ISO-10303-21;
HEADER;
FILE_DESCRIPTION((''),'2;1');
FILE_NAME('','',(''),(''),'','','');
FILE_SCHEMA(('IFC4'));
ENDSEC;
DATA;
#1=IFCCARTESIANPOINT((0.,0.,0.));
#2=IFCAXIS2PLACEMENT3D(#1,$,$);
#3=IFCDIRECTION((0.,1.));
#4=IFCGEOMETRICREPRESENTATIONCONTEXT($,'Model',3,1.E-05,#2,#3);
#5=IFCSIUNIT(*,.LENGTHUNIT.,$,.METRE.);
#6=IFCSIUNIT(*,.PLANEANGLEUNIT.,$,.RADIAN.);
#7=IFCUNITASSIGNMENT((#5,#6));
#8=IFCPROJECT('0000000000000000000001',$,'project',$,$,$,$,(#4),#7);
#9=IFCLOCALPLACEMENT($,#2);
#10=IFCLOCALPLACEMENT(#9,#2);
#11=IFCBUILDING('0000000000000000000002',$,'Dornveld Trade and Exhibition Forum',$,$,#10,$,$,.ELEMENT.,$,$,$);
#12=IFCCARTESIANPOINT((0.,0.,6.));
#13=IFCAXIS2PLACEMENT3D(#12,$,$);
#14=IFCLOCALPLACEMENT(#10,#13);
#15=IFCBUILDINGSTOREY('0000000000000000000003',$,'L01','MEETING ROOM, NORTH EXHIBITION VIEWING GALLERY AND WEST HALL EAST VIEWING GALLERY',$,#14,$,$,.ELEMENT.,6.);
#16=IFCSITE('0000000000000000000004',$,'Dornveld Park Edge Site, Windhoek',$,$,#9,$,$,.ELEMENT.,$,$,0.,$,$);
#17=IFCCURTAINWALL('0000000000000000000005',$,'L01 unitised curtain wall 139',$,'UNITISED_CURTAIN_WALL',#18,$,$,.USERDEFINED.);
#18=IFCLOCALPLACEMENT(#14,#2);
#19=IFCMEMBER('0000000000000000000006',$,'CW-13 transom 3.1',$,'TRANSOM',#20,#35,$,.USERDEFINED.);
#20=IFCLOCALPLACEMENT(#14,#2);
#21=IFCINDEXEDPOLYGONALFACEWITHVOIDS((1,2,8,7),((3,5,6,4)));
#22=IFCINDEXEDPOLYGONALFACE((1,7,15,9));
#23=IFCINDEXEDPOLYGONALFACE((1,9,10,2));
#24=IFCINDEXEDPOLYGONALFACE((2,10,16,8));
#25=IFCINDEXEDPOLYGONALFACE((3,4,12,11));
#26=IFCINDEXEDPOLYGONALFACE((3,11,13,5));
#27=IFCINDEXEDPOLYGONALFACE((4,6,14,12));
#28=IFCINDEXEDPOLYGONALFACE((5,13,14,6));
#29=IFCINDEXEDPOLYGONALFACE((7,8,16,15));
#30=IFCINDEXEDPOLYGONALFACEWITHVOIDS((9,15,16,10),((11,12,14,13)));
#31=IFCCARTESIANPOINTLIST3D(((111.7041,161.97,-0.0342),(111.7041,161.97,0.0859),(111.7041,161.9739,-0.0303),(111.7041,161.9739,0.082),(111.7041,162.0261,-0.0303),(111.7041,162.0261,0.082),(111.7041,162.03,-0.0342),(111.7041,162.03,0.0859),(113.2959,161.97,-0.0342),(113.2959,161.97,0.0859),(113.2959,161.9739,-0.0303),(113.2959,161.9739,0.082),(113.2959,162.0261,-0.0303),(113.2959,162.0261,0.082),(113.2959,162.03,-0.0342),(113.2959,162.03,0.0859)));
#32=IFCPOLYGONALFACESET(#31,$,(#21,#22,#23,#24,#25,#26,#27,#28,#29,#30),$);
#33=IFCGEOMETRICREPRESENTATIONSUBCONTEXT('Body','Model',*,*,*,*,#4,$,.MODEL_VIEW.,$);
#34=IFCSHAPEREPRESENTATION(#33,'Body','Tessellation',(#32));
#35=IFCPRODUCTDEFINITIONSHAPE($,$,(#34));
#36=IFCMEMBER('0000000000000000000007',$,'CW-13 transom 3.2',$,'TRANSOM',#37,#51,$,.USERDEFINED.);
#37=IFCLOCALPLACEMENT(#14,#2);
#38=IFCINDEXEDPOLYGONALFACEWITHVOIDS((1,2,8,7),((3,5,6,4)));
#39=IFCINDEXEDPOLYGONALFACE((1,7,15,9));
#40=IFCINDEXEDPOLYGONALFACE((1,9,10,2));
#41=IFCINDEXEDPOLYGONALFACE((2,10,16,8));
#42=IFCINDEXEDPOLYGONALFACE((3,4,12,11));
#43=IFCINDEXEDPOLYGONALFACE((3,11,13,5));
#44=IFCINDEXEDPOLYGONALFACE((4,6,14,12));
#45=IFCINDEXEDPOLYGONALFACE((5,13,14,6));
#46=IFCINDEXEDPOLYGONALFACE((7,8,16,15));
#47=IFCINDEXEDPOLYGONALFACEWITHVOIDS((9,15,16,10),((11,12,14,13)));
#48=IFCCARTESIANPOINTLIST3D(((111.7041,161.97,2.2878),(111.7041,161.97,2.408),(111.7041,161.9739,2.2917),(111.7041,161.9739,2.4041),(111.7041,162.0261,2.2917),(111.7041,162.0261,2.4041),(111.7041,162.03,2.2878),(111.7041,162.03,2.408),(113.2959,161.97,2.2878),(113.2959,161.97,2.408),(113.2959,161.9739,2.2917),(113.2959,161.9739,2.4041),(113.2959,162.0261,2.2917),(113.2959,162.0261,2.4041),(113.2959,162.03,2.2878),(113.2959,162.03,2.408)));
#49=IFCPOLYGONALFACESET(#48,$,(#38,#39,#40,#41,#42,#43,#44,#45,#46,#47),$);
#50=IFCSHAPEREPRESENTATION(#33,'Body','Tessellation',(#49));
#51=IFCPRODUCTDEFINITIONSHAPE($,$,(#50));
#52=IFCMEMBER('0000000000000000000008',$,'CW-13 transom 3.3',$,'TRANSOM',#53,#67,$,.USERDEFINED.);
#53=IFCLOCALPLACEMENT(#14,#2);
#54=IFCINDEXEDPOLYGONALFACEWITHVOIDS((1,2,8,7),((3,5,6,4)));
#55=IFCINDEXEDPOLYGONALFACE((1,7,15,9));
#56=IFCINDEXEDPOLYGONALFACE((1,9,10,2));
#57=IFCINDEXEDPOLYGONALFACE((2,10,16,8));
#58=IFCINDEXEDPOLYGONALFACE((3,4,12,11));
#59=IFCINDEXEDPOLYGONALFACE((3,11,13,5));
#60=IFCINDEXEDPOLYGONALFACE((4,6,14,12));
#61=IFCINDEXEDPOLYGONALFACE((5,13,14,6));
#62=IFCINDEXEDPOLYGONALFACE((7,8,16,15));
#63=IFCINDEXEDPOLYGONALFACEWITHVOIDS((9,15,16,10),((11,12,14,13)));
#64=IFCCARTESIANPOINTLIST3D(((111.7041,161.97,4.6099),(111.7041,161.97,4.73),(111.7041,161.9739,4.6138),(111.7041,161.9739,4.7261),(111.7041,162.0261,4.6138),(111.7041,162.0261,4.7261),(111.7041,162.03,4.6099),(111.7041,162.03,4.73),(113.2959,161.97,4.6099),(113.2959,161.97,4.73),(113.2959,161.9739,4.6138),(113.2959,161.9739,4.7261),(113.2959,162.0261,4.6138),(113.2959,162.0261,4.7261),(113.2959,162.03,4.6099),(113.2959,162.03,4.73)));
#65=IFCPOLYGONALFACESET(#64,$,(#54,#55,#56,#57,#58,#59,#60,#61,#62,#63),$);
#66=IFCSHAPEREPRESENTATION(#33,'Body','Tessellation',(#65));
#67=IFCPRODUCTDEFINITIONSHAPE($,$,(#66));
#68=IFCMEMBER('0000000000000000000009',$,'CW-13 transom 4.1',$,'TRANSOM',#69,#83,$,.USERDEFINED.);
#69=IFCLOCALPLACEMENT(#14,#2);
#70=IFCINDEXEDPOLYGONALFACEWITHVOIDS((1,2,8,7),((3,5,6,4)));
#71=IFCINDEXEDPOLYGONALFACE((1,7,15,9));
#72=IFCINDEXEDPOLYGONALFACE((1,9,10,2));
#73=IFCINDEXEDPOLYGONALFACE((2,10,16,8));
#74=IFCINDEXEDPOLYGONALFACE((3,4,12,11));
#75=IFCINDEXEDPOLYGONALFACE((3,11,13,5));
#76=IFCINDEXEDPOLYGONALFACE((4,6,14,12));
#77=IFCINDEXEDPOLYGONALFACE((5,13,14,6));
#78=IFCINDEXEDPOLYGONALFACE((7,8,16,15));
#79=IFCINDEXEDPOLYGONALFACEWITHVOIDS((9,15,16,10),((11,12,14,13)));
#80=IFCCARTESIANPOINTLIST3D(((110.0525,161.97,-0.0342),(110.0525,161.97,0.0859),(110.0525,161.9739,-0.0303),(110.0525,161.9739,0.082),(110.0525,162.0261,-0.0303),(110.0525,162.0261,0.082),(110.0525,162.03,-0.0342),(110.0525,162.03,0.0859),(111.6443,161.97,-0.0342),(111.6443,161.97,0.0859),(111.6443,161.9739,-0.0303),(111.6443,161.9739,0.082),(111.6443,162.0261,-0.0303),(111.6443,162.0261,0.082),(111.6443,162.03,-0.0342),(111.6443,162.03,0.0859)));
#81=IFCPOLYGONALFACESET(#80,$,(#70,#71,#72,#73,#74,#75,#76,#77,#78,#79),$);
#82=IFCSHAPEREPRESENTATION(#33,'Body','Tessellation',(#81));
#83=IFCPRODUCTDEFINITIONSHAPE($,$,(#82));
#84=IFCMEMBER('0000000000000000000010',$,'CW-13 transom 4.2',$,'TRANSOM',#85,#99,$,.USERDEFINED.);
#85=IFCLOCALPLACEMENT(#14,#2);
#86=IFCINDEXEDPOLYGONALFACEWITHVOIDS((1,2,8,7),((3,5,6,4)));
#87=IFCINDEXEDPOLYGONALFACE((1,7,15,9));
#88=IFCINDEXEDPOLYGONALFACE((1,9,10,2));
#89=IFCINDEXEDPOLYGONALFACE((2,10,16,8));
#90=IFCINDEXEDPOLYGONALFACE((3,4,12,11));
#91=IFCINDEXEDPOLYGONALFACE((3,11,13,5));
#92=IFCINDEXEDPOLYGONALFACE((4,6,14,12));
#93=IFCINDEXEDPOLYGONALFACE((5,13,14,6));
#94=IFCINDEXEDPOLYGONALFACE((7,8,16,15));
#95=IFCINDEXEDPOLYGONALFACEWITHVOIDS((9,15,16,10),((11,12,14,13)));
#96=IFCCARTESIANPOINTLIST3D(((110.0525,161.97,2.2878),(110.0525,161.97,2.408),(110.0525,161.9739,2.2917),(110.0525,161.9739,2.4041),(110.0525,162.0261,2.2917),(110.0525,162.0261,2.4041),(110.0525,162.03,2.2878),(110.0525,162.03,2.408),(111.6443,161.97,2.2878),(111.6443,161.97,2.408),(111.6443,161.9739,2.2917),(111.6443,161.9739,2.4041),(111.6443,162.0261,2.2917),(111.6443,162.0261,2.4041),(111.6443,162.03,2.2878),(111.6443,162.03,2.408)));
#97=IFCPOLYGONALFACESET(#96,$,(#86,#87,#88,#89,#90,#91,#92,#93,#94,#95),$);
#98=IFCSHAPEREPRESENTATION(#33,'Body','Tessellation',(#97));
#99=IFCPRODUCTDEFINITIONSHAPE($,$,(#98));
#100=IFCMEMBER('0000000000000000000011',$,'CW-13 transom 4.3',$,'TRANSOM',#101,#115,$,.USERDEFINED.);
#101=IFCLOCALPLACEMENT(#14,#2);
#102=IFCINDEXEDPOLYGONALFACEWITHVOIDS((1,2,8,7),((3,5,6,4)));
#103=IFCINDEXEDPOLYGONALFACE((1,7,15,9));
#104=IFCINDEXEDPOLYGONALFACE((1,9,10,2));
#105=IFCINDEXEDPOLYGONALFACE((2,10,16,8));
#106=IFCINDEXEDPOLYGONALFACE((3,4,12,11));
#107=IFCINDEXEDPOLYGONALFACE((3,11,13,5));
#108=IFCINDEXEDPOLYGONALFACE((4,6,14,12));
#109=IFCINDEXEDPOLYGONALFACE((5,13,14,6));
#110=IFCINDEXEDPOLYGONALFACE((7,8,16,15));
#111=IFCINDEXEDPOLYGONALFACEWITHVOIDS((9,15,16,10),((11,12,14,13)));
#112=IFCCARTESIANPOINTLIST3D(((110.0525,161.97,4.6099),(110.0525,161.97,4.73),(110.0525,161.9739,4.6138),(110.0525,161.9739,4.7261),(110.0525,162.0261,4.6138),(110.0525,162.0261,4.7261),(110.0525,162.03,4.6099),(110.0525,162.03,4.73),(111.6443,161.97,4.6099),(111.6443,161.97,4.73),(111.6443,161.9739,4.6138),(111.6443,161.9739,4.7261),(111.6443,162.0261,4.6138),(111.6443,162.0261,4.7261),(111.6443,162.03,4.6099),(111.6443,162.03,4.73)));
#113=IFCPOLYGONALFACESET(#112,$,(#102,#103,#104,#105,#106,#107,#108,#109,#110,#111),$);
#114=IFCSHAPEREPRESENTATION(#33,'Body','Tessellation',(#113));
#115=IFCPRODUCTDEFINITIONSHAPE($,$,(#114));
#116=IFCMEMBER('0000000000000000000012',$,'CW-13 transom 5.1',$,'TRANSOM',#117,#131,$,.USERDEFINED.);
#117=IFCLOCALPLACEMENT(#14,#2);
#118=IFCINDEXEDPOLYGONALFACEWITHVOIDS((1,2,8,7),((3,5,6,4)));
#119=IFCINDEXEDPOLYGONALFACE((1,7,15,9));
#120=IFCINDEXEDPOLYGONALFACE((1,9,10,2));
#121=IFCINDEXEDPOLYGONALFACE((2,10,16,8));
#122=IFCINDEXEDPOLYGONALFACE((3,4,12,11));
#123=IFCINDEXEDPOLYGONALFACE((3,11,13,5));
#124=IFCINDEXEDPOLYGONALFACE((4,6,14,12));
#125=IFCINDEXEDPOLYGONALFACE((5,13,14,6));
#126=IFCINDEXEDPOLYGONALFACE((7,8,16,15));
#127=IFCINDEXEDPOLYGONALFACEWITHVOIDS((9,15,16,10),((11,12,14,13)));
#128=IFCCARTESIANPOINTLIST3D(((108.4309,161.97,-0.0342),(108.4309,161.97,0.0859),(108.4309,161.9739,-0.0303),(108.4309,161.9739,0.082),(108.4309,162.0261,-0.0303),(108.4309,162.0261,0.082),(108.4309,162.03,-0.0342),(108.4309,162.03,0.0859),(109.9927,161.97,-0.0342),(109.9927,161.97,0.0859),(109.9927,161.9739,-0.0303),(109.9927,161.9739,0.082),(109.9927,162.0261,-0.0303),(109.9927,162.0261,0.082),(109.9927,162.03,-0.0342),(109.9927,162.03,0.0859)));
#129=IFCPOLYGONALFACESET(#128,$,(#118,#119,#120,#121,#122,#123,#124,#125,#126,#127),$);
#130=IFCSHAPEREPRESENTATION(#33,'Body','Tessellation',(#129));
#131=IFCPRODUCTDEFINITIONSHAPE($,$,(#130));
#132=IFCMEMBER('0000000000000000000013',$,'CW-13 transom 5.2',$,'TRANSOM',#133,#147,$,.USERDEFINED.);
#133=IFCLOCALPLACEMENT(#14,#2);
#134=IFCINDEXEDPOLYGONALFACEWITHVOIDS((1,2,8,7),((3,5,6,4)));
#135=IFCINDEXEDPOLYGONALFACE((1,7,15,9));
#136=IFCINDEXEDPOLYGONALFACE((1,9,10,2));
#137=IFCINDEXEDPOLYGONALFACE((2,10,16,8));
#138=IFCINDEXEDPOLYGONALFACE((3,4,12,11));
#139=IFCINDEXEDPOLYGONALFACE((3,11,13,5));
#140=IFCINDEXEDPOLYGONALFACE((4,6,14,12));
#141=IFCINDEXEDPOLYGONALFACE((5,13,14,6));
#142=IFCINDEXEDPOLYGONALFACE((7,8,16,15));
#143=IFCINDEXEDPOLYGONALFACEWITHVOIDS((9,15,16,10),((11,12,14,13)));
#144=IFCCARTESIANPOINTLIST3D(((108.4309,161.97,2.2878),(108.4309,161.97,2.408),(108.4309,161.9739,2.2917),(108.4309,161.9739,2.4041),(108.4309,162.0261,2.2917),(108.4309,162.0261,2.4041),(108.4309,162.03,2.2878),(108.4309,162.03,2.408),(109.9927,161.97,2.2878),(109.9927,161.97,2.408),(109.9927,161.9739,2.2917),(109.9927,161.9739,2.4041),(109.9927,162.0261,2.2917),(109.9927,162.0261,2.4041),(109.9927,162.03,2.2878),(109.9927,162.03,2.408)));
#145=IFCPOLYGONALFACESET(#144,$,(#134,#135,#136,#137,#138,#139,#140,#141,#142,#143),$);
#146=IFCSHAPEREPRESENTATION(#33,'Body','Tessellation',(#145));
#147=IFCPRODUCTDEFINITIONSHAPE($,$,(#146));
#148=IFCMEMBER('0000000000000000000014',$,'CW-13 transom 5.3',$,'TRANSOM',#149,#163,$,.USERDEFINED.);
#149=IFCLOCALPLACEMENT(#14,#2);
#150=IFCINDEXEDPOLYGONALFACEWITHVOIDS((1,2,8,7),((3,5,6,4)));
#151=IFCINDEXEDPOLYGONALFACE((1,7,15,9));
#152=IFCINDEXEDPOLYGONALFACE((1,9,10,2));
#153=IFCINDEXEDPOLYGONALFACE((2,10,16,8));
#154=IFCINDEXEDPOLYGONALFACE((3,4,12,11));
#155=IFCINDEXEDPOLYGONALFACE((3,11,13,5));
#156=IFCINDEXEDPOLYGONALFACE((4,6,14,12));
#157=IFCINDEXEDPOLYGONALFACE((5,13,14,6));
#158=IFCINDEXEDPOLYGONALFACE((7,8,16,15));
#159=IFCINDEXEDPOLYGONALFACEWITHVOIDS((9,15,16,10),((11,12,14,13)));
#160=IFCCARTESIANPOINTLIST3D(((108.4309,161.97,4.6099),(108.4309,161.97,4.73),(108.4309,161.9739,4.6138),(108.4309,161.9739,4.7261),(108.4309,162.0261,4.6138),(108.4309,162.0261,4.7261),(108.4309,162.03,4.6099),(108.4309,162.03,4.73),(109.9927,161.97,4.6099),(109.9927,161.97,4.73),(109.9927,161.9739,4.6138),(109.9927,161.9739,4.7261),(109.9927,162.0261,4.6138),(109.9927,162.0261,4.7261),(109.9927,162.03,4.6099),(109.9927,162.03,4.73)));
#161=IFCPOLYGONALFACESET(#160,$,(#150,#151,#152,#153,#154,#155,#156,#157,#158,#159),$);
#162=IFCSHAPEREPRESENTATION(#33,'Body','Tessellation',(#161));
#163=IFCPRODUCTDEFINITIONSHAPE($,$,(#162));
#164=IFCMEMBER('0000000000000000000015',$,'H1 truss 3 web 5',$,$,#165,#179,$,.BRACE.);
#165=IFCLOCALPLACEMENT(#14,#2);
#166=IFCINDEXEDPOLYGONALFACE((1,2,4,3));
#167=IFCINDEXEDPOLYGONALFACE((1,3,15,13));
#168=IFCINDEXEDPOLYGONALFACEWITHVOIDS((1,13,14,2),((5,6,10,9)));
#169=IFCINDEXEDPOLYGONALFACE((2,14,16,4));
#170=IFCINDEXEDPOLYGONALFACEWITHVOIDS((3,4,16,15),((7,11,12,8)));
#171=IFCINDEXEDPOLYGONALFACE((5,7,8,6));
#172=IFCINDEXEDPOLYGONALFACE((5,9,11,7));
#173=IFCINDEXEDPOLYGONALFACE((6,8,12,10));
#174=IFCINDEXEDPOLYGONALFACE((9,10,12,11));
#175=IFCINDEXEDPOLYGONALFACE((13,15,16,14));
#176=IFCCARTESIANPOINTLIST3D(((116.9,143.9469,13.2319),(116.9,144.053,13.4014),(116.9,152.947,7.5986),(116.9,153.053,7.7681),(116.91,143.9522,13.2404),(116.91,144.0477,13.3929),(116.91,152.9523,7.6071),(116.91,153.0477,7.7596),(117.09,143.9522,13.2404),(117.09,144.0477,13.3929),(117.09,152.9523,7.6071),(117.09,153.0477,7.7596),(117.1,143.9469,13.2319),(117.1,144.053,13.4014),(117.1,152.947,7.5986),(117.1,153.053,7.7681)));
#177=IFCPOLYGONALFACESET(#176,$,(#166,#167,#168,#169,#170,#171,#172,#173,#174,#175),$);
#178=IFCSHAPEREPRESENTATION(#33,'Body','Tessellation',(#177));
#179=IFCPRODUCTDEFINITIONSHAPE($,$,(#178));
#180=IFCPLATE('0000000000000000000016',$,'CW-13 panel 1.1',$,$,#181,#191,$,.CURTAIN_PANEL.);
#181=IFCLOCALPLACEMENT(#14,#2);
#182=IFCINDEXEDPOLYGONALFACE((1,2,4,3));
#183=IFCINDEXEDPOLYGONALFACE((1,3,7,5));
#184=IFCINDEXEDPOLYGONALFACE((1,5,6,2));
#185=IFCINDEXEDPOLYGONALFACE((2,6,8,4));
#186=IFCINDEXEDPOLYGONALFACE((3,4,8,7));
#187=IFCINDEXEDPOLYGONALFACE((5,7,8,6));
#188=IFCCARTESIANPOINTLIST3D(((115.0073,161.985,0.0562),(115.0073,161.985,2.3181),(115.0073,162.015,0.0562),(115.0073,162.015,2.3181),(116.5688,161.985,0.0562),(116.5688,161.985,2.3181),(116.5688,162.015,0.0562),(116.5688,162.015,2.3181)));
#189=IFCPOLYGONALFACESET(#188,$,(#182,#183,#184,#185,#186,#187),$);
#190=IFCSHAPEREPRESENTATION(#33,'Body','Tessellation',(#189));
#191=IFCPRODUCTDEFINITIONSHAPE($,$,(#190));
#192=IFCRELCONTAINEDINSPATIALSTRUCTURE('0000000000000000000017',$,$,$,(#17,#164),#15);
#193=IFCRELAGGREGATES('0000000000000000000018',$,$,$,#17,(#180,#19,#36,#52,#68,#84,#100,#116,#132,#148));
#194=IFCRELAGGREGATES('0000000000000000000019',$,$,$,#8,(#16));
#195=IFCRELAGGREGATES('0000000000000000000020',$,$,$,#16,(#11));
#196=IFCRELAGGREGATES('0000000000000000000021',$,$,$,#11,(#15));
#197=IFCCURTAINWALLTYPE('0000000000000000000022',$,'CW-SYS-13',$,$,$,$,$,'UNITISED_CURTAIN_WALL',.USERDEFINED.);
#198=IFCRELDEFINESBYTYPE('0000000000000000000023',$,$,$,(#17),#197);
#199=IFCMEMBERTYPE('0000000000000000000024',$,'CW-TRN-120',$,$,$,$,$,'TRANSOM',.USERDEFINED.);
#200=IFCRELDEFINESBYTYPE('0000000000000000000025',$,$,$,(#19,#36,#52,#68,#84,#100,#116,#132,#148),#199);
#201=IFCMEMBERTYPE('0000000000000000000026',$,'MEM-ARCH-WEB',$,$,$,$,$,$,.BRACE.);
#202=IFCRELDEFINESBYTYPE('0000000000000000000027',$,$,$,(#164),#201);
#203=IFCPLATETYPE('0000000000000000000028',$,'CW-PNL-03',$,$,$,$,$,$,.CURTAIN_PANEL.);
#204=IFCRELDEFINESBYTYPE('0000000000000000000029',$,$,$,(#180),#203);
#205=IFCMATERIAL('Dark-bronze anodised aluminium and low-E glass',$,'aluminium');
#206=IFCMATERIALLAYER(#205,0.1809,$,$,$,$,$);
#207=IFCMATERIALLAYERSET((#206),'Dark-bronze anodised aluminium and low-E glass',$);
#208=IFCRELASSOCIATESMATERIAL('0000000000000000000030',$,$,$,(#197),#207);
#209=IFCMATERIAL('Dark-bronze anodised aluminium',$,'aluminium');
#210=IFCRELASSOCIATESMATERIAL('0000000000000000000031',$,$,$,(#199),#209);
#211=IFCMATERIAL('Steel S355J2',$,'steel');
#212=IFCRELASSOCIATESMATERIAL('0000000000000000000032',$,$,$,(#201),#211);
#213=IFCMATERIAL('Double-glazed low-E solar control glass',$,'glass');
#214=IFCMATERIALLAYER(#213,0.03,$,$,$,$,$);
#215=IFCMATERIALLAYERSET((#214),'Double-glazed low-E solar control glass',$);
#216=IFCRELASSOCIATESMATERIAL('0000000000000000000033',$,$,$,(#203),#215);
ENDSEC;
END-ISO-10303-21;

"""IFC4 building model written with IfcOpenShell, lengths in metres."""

from ifc_helpers import new_model, si_unit, direction, frame, origin, origin_2d, place, context, subcontext, project, spatial, rectangle, hollow_rectangle, extrude, material, layer, layer_set, material_profile, profile_set, type_object, element, aggregate, save


model = new_model("IFC4")

# Units and contexts
model_context = context("Model", 3, precision=1e-05, world=origin(), true_north=direction((0.0, 1.0)))
body_context = subcontext(model_context, "Body", "Model", "MODEL_VIEW")
ifc_project = project(units=[si_unit("LENGTHUNIT", "METRE"), si_unit("PLANEANGLEUNIT", "RADIAN")], contexts=[model_context])

# Site, building, storey
site_placement = place(None, origin())
site = spatial("IfcSite", under=ifc_project, at=site_placement, Name="Dornveld Park Edge Site, Windhoek", CompositionType="ELEMENT", RefElevation=0.0)
building_placement = place(site_placement, origin())
building = spatial("IfcBuilding", under=site, at=building_placement, Name="Dornveld Trade and Exhibition Forum", CompositionType="ELEMENT")
storey_placement = place(building_placement, frame((0.0, 0.0, 6.0)))
storey = spatial("IfcBuildingStorey", under=building, at=storey_placement, Name="L01", Description="MEETING ROOM, NORTH EXHIBITION VIEWING GALLERY AND WEST HALL EAST VIEWING GALLERY", CompositionType="ELEMENT", Elevation=6.0)

# Curtain wall, members
ifc_material_1 = material(Name="Dark-bronze anodised aluminium and low-E glass", Category="aluminium")
ifc_layer_1 = layer(ifc_material_1, 0.1809)
ifc_layer_set_1 = layer_set([ifc_layer_1], Name="Dark-bronze anodised aluminium and low-E glass")
curtain_wall_type = type_object("IfcCurtainWallType", Name="CW-SYS-13", ElementType="UNITISED_CURTAIN_WALL", PredefinedType="USERDEFINED", material=ifc_layer_set_1)
curtain_wall_placement = place(storey_placement, origin())
curtain_wall = element("IfcCurtainWall", 1, at=curtain_wall_placement, inside=storey, type_object=curtain_wall_type, Name="L01 unitised curtain wall 139", ObjectType="UNITISED_CURTAIN_WALL", PredefinedType="USERDEFINED")
ifc_material_2 = material(Name="Dark-bronze anodised aluminium", Category="aluminium")
ifc_material_profile_1 = material_profile(ifc_material_2, hollow_rectangle(XDim=0.0601, YDim=0.1201, WallThickness=0.0039, at=origin_2d()), Name="RHS 120x60x4")
ifc_profile_set_1 = profile_set([ifc_material_profile_1], Name="Dark-bronze anodised aluminium")
member_type_1 = type_object("IfcMemberType", Name="CW-TRN-120", ElementType="TRANSOM", PredefinedType="USERDEFINED", material=ifc_profile_set_1)
member_1_placement = place(storey_placement, frame((113.2959, 162.0, 0.0259), z_axis=(-1.0, 0.0, 0.0), x_axis=(0.0, -1.0, 0.0)))
member_1 = element("IfcMember", 2, at=member_1_placement, type_object=member_type_1, Name="CW-13 transom 3.1", ObjectType="TRANSOM", PredefinedType="USERDEFINED", context=body_context, shape_type="SweptSolid", body=[
    extrude(hollow_rectangle(XDim=0.0601, YDim=0.1201, WallThickness=0.0039, at=origin_2d()), origin(), (0.0, 0.0, 1.0), 1.5918),
])
member_2_placement = place(storey_placement, frame((113.2959, 162.0, 2.3479), z_axis=(-1.0, 0.0, 0.0), x_axis=(0.0, -1.0, 0.0)))
member_2 = element("IfcMember", 3, at=member_2_placement, type_object=member_type_1, Name="CW-13 transom 3.2", ObjectType="TRANSOM", PredefinedType="USERDEFINED", context=body_context, shape_type="SweptSolid", body=[
    extrude(hollow_rectangle(XDim=0.0601, YDim=0.1201, WallThickness=0.0039, at=origin_2d()), origin(), (0.0, 0.0, 1.0), 1.5918),
])
member_3_placement = place(storey_placement, frame((113.2959, 162.0, 4.6699), z_axis=(-1.0, 0.0, 0.0), x_axis=(0.0, -1.0, 0.0)))
member_3 = element("IfcMember", 4, at=member_3_placement, type_object=member_type_1, Name="CW-13 transom 3.3", ObjectType="TRANSOM", PredefinedType="USERDEFINED", context=body_context, shape_type="SweptSolid", body=[
    extrude(hollow_rectangle(XDim=0.0601, YDim=0.1201, WallThickness=0.0039, at=origin_2d()), origin(), (0.0, 0.0, 1.0), 1.5918),
])
member_4_placement = place(storey_placement, frame((111.6443, 162.0, 0.0259), z_axis=(-1.0, 0.0, 0.0), x_axis=(0.0, -1.0, 0.0)))
member_4 = element("IfcMember", 5, at=member_4_placement, type_object=member_type_1, Name="CW-13 transom 4.1", ObjectType="TRANSOM", PredefinedType="USERDEFINED", context=body_context, shape_type="SweptSolid", body=[
    extrude(hollow_rectangle(XDim=0.0601, YDim=0.1201, WallThickness=0.0039, at=origin_2d()), origin(), (0.0, 0.0, 1.0), 1.5918),
])
member_5_placement = place(storey_placement, frame((111.6443, 162.0, 2.3479), z_axis=(-1.0, 0.0, 0.0), x_axis=(0.0, -1.0, 0.0)))
member_5 = element("IfcMember", 6, at=member_5_placement, type_object=member_type_1, Name="CW-13 transom 4.2", ObjectType="TRANSOM", PredefinedType="USERDEFINED", context=body_context, shape_type="SweptSolid", body=[
    extrude(hollow_rectangle(XDim=0.0601, YDim=0.1201, WallThickness=0.0039, at=origin_2d()), origin(), (0.0, 0.0, 1.0), 1.5918),
])
member_6_placement = place(storey_placement, frame((111.6443, 162.0, 4.6699), z_axis=(-1.0, 0.0, 0.0), x_axis=(0.0, -1.0, 0.0)))
member_6 = element("IfcMember", 7, at=member_6_placement, type_object=member_type_1, Name="CW-13 transom 4.3", ObjectType="TRANSOM", PredefinedType="USERDEFINED", context=body_context, shape_type="SweptSolid", body=[
    extrude(hollow_rectangle(XDim=0.0601, YDim=0.1201, WallThickness=0.0039, at=origin_2d()), origin(), (0.0, 0.0, 1.0), 1.5918),
])
member_7_placement = place(storey_placement, frame((109.9927, 162.0, 0.0259), z_axis=(-1.0, 0.0, 0.0), x_axis=(0.0, -1.0, 0.0)))
member_7 = element("IfcMember", 8, at=member_7_placement, type_object=member_type_1, Name="CW-13 transom 5.1", ObjectType="TRANSOM", PredefinedType="USERDEFINED", context=body_context, shape_type="SweptSolid", body=[
    extrude(hollow_rectangle(XDim=0.0601, YDim=0.1201, WallThickness=0.0039, at=origin_2d()), origin(), (0.0, 0.0, 1.0), 1.5618),
])
member_8_placement = place(storey_placement, frame((109.9927, 162.0, 2.3479), z_axis=(-1.0, 0.0, 0.0), x_axis=(0.0, -1.0, 0.0)))
member_8 = element("IfcMember", 9, at=member_8_placement, type_object=member_type_1, Name="CW-13 transom 5.2", ObjectType="TRANSOM", PredefinedType="USERDEFINED", context=body_context, shape_type="SweptSolid", body=[
    extrude(hollow_rectangle(XDim=0.0601, YDim=0.1201, WallThickness=0.0039, at=origin_2d()), origin(), (0.0, 0.0, 1.0), 1.5618),
])
member_9_placement = place(storey_placement, frame((109.9927, 162.0, 4.6699), z_axis=(-1.0, 0.0, 0.0), x_axis=(0.0, -1.0, 0.0)))
member_9 = element("IfcMember", 10, at=member_9_placement, type_object=member_type_1, Name="CW-13 transom 5.3", ObjectType="TRANSOM", PredefinedType="USERDEFINED", context=body_context, shape_type="SweptSolid", body=[
    extrude(hollow_rectangle(XDim=0.0601, YDim=0.1201, WallThickness=0.0039, at=origin_2d()), origin(), (0.0, 0.0, 1.0), 1.5618),
])

# Member
ifc_material_3 = material(Name="Steel S355J2", Category="steel")
ifc_material_profile_2 = material_profile(ifc_material_3, hollow_rectangle(XDim=0.2, YDim=0.2, WallThickness=0.01, at=origin_2d()), Name="SHS 200x200x10")
ifc_profile_set_2 = profile_set([ifc_material_profile_2], Name="Steel S355J2")
member_type_2 = type_object("IfcMemberType", Name="MEM-ARCH-WEB", PredefinedType="BRACE", material=ifc_profile_set_2)
member_10_placement = place(storey_placement, frame((117.0, 153.0, 7.6833), z_axis=(0.0, -0.847647, 0.530561), x_axis=(1.0, 0.0, 0.0)))
element("IfcMember", 11, at=member_10_placement, inside=storey, type_object=member_type_2, Name="H1 truss 3 web 5", PredefinedType="BRACE", context=body_context, shape_type="SweptSolid", body=[
    extrude(hollow_rectangle(XDim=0.2, YDim=0.2, WallThickness=0.01, at=origin_2d()), origin(), (0.0, 0.0, 1.0), 10.6177),
])

# Plate
ifc_material_4 = material(Name="Double-glazed low-E solar control glass", Category="glass")
ifc_layer_2 = layer(ifc_material_4, 0.03)
ifc_layer_set_2 = layer_set([ifc_layer_2], Name="Double-glazed low-E solar control glass")
plate_type = type_object("IfcPlateType", Name="CW-PNL-03", PredefinedType="CURTAIN_PANEL", material=ifc_layer_set_2)
plate_1_placement = place(storey_placement, frame((115.7881, 162.0, 0.0562), z_axis=(0.0, 0.0, 1.0), x_axis=(-1.0, 0.0, 0.0)))
plate_1 = element("IfcPlate", 12, at=plate_1_placement, type_object=plate_type, Name="CW-13 panel 1.1", PredefinedType="CURTAIN_PANEL", context=body_context, shape_type="SweptSolid", body=[
    extrude(rectangle(XDim=1.5615, YDim=0.03, at=origin_2d()), origin(), (0.0, 0.0, 1.0), 2.262),
])
aggregate(curtain_wall, [plate_1, member_1, member_2, member_3, member_4, member_5, member_6, member_7, member_8, member_9])

save(model, "model.ifc")
